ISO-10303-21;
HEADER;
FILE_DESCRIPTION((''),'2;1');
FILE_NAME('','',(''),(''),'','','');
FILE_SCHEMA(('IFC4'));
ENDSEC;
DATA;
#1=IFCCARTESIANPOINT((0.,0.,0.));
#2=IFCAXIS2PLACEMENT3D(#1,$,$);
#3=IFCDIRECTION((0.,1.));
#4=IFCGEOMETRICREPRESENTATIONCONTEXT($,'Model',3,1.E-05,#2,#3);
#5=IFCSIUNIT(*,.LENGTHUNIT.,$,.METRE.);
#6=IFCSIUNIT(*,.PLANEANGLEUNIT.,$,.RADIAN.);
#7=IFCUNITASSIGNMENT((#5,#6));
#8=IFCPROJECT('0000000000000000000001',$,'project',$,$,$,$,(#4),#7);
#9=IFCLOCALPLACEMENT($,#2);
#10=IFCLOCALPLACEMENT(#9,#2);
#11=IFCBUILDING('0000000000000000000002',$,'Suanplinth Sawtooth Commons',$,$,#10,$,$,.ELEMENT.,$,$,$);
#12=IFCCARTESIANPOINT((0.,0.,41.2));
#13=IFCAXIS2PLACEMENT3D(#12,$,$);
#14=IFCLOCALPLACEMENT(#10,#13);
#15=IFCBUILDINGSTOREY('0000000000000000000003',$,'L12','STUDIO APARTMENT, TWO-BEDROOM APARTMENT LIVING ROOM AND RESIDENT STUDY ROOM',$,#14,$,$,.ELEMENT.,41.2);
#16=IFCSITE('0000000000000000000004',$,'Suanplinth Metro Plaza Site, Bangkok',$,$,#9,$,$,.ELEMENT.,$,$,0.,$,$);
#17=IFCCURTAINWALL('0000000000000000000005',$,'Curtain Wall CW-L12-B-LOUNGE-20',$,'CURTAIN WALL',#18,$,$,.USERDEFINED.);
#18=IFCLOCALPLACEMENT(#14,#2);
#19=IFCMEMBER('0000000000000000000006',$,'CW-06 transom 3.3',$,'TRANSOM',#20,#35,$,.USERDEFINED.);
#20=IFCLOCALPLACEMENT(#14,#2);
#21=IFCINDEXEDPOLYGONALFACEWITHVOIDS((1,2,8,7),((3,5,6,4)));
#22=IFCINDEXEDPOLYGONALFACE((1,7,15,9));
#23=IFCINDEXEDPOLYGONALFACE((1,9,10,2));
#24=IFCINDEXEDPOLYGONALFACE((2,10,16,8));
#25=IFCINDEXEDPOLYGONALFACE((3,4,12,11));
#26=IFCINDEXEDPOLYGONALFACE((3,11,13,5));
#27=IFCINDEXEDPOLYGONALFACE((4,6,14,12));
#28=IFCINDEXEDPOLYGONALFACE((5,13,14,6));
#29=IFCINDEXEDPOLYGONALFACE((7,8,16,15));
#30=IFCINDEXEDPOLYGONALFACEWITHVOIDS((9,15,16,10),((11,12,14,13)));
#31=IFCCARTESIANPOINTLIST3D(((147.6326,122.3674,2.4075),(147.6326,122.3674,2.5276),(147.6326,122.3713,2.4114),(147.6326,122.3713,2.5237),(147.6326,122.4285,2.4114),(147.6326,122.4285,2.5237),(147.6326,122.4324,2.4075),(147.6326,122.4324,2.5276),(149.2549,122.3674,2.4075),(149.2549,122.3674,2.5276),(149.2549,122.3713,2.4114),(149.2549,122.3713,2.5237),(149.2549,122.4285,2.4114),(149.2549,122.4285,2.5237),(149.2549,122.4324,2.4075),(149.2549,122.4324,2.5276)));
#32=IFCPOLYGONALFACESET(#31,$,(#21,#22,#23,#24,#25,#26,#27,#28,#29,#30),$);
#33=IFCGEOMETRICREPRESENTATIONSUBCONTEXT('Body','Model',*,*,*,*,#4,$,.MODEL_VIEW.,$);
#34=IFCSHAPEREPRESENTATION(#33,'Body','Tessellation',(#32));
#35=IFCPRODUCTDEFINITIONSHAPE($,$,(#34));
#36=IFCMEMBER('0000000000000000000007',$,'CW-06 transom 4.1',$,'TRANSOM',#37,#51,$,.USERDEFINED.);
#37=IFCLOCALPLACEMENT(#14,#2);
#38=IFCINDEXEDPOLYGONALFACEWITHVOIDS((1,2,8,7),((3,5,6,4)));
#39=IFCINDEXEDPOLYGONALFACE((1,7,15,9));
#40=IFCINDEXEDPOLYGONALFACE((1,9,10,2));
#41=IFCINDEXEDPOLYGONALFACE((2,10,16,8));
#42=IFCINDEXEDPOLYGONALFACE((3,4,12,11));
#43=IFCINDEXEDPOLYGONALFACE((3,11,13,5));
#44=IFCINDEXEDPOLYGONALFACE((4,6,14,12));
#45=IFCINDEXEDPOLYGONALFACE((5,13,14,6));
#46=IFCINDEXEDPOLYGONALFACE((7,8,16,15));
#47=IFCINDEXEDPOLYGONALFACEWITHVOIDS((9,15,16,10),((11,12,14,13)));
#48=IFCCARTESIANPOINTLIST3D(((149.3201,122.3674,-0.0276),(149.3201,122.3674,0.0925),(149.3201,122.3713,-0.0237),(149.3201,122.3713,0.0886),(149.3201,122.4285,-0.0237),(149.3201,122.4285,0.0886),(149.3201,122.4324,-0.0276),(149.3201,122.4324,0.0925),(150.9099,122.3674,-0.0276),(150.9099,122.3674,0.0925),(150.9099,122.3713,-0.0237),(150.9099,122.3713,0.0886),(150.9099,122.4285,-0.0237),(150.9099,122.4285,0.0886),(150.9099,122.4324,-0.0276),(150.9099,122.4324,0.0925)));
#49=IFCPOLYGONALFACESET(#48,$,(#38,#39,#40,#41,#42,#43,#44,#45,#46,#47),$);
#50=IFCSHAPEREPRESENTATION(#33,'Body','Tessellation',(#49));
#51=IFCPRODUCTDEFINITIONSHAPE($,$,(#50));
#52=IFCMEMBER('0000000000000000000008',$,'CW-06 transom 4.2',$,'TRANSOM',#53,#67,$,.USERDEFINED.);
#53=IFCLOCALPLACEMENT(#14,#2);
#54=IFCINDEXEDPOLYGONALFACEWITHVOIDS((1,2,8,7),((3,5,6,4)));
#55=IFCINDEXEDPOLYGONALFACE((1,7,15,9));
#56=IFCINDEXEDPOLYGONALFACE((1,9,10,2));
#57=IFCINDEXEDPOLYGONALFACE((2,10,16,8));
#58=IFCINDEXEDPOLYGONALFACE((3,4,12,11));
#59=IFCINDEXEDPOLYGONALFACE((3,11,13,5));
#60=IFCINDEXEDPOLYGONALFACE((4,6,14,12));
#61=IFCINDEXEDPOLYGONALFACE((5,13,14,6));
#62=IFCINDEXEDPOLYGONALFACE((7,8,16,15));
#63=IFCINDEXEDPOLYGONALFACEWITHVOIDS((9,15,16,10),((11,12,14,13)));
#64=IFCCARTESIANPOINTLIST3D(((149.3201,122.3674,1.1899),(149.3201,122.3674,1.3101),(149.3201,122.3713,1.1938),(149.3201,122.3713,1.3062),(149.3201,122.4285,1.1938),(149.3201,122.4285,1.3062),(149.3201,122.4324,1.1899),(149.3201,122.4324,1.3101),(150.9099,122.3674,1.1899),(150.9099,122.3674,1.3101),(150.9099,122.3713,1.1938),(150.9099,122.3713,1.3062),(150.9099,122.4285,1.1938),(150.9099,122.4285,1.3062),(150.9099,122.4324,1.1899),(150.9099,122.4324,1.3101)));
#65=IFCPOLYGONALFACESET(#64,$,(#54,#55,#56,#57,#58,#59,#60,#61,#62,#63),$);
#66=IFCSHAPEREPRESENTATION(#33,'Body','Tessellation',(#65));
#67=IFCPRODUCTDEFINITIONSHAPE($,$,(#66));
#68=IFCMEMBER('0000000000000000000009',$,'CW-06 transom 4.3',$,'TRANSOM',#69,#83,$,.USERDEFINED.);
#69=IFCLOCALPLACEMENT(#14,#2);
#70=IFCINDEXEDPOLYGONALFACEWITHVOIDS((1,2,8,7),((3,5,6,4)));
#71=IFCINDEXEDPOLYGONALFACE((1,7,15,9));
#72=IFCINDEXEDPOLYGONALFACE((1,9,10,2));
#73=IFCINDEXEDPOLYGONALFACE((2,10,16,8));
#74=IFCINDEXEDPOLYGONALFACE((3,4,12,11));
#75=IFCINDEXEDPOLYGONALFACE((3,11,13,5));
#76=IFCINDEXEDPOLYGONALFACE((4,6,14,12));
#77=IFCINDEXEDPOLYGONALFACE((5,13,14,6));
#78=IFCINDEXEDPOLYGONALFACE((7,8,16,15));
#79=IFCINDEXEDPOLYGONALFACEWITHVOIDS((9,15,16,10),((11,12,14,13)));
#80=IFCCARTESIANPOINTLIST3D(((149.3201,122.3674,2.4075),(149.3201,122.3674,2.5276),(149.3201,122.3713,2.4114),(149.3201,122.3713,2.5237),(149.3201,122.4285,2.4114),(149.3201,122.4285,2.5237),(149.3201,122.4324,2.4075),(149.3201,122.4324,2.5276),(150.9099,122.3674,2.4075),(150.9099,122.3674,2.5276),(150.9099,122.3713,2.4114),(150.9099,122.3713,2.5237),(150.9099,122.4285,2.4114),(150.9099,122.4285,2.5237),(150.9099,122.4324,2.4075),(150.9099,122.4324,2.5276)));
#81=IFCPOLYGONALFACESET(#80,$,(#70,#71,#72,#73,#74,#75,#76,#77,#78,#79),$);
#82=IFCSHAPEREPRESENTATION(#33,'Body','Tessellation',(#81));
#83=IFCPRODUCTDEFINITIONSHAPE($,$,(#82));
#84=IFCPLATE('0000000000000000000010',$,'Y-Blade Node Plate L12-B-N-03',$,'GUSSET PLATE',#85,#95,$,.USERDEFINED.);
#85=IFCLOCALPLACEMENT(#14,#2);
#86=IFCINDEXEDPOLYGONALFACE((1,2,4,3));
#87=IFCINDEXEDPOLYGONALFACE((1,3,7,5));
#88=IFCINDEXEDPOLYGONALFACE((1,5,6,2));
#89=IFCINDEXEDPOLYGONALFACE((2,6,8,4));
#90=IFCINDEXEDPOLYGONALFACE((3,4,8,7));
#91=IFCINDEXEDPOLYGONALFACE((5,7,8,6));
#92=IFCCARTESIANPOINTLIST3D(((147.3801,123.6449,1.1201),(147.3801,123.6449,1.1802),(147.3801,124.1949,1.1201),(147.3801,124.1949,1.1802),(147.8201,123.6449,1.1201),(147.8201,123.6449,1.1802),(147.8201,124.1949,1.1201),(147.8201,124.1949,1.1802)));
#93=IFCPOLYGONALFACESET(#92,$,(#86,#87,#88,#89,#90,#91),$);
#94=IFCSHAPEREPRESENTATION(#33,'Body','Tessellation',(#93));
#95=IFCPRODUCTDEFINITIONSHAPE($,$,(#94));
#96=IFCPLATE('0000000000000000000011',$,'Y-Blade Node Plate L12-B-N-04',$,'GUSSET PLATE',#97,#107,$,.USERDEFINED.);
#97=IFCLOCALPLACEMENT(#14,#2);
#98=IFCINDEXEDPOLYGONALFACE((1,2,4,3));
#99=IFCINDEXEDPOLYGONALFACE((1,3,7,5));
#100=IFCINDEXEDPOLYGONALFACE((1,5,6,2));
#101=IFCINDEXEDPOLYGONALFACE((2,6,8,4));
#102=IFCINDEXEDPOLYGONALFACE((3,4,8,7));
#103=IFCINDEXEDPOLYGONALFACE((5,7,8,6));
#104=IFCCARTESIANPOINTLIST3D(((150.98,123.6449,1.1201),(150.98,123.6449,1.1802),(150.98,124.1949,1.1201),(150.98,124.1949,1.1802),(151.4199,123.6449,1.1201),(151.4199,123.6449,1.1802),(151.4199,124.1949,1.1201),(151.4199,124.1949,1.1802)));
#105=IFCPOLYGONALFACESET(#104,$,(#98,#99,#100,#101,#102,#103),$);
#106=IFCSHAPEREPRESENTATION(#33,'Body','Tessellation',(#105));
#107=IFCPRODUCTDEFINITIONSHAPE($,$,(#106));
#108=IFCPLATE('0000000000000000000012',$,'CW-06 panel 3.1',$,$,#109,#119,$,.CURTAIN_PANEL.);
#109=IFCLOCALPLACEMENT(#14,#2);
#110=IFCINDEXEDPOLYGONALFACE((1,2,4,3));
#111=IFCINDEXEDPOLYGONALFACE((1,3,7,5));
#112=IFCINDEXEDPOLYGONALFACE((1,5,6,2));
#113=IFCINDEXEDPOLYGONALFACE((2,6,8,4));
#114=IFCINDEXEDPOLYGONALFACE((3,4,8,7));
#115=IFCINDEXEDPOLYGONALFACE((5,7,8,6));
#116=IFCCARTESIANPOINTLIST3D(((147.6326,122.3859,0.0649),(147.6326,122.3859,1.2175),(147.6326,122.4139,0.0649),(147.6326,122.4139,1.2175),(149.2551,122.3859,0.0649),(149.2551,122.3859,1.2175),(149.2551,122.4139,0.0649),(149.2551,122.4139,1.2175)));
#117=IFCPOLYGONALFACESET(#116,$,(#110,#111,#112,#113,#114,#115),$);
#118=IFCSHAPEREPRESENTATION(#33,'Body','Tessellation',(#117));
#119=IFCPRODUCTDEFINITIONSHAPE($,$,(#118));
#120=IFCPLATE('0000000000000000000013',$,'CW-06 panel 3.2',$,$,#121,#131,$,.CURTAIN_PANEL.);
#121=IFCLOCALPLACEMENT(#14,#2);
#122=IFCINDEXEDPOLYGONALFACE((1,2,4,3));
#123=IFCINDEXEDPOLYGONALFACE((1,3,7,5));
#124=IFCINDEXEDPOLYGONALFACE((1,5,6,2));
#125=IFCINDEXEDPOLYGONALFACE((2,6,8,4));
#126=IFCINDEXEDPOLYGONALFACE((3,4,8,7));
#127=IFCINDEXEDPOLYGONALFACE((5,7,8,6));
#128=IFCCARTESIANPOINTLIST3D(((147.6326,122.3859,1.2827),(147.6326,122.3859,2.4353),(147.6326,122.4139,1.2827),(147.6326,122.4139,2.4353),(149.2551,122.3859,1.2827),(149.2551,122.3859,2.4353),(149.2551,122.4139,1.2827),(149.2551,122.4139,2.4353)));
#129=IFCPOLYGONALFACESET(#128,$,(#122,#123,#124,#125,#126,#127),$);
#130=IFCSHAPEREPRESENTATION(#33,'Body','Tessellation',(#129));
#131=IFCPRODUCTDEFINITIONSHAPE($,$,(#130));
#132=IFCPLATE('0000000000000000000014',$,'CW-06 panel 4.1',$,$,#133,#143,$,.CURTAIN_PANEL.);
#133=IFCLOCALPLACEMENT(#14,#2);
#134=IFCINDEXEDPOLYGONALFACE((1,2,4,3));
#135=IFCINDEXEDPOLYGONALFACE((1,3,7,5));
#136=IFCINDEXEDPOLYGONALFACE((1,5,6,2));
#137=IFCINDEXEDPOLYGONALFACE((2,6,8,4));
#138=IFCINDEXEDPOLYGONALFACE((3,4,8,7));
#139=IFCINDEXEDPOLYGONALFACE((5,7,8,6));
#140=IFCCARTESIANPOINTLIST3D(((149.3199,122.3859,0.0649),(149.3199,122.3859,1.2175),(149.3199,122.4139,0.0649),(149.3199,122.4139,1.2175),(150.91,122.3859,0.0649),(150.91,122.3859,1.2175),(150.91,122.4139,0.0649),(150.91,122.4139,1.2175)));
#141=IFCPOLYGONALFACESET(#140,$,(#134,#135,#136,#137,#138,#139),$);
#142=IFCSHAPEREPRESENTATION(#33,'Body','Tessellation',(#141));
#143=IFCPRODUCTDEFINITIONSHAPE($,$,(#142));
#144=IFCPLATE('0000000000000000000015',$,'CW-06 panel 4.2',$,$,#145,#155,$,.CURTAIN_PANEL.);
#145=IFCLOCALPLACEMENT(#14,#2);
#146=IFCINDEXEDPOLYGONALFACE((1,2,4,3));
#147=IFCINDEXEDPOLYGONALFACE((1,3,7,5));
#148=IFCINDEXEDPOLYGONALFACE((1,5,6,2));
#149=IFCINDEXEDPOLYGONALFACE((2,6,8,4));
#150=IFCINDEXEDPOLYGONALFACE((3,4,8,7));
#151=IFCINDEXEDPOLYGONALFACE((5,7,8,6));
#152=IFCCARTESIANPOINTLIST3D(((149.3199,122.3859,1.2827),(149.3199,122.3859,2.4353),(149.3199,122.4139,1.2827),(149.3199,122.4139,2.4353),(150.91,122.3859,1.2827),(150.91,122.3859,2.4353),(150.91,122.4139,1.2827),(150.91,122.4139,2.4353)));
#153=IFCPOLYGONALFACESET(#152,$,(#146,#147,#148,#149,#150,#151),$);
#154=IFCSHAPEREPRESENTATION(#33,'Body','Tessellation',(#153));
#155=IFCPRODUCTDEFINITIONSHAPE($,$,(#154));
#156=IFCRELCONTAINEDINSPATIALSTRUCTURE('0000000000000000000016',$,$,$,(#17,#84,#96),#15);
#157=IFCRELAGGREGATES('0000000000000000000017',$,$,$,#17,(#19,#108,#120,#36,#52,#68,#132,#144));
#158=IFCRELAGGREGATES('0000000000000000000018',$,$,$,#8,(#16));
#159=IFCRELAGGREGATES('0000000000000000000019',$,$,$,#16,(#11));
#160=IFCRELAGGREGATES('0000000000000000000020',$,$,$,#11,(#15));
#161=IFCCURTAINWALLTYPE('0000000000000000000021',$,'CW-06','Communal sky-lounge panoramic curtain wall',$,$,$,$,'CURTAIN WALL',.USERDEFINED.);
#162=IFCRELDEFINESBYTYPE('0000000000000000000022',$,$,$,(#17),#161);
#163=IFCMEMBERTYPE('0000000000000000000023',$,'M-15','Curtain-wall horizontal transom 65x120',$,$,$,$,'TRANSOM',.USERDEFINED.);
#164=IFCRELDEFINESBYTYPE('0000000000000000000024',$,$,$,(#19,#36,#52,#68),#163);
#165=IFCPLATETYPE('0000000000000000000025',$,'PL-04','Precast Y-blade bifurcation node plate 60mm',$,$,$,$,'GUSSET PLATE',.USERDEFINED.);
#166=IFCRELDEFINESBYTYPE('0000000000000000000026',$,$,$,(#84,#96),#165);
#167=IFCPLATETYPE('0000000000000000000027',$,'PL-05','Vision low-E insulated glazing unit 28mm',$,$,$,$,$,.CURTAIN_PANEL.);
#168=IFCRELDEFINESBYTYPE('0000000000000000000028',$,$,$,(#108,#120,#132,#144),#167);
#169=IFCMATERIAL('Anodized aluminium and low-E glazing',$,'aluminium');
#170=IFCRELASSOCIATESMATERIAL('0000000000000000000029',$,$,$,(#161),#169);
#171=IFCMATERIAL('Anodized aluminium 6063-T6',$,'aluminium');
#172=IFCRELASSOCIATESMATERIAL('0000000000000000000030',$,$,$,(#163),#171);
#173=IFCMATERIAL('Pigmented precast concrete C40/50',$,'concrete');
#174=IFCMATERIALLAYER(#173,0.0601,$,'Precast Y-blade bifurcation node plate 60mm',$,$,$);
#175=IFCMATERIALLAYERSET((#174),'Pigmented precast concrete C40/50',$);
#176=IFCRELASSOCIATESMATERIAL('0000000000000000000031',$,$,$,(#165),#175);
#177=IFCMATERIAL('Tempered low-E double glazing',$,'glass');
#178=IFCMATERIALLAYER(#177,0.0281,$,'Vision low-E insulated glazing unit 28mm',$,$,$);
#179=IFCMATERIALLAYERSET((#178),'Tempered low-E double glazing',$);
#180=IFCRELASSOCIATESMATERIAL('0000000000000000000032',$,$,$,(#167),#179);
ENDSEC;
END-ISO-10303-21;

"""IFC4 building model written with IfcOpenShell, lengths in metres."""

from ifc_helpers import new_model, si_unit, direction, frame, origin, origin_2d, place, context, subcontext, project, spatial, rectangle, hollow_rectangle, extrude, material, layer, layer_set, material_profile, profile_set, type_object, element, aggregate, save


model = new_model("IFC4")

# Units and contexts
model_context = context("Model", 3, precision=1e-05, world=origin(), true_north=direction((0.0, 1.0)))
body_context = subcontext(model_context, "Body", "Model", "MODEL_VIEW")
ifc_project = project(units=[si_unit("LENGTHUNIT", "METRE"), si_unit("PLANEANGLEUNIT", "RADIAN")], contexts=[model_context])

# Site, building, storey
site_placement = place(None, origin())
site = spatial("IfcSite", under=ifc_project, at=site_placement, Name="Suanplinth Metro Plaza Site, Bangkok", CompositionType="ELEMENT", RefElevation=0.0)
building_placement = place(site_placement, origin())
building = spatial("IfcBuilding", under=site, at=building_placement, Name="Suanplinth Sawtooth Commons", CompositionType="ELEMENT")
storey_placement = place(building_placement, frame((0.0, 0.0, 41.2)))
storey = spatial("IfcBuildingStorey", under=building, at=storey_placement, Name="L12", Description="STUDIO APARTMENT, TWO-BEDROOM APARTMENT LIVING ROOM AND RESIDENT STUDY ROOM", CompositionType="ELEMENT", Elevation=41.2)

# Shared definitions
ifc_material_1 = material(Name="Pigmented precast concrete C40/50", Category="concrete")

# Curtain wall, members
ifc_material_2 = material(Name="Anodized aluminium and low-E glazing", Category="aluminium")
curtain_wall_type = type_object("IfcCurtainWallType", Name="CW-06", Description="Communal sky-lounge panoramic curtain wall", ElementType="CURTAIN WALL", PredefinedType="USERDEFINED", material=ifc_material_2)
curtain_wall_placement = place(storey_placement, origin())
curtain_wall = element("IfcCurtainWall", 1, at=curtain_wall_placement, inside=storey, type_object=curtain_wall_type, Name="Curtain Wall CW-L12-B-LOUNGE-20", ObjectType="CURTAIN WALL", PredefinedType="USERDEFINED")
ifc_material_3 = material(Name="Anodized aluminium 6063-T6", Category="aluminium")
ifc_material_profile_1 = material_profile(ifc_material_3, hollow_rectangle(XDim=0.0649, YDim=0.1201, WallThickness=0.0039, at=origin_2d()), Name="ALU-TRN 65x120")
ifc_profile_set_1 = profile_set([ifc_material_profile_1], Name="Anodized aluminium 6063-T6")
member_type_1 = type_object("IfcMemberType", Name="M-15", Description="Curtain-wall horizontal transom 65x120", ElementType="TRANSOM", PredefinedType="USERDEFINED", material=ifc_profile_set_1)
member_1_placement = place(storey_placement, frame((147.6326, 122.3999, 2.4675), z_axis=(1.0, 0.0, 0.0), x_axis=(0.0, 1.0, 0.0)))
member_1 = element("IfcMember", 2, at=member_1_placement, type_object=member_type_1, Name="CW-06 transom 3.3", ObjectType="TRANSOM", PredefinedType="USERDEFINED", context=body_context, shape_type="SweptSolid", body=[
    extrude(hollow_rectangle(XDim=0.0649, YDim=0.1201, WallThickness=0.0039, at=origin_2d()), origin(), (0.0, 0.0, 1.0), 1.6223),
])
member_2_placement = place(storey_placement, frame((149.3201, 122.3999, 0.0325), z_axis=(1.0, 0.0, 0.0), x_axis=(0.0, 1.0, 0.0)))
member_2 = element("IfcMember", 3, at=member_2_placement, type_object=member_type_1, Name="CW-06 transom 4.1", ObjectType="TRANSOM", PredefinedType="USERDEFINED", context=body_context, shape_type="SweptSolid", body=[
    extrude(hollow_rectangle(XDim=0.0649, YDim=0.1201, WallThickness=0.0039, at=origin_2d()), origin(), (0.0, 0.0, 1.0), 1.5898),
])
member_3_placement = place(storey_placement, frame((149.3201, 122.3999, 1.25), z_axis=(1.0, 0.0, 0.0), x_axis=(0.0, 1.0, 0.0)))
member_3 = element("IfcMember", 4, at=member_3_placement, type_object=member_type_1, Name="CW-06 transom 4.2", ObjectType="TRANSOM", PredefinedType="USERDEFINED", context=body_context, shape_type="SweptSolid", body=[
    extrude(hollow_rectangle(XDim=0.0649, YDim=0.1201, WallThickness=0.0039, at=origin_2d()), origin(), (0.0, 0.0, 1.0), 1.5898),
])
member_4_placement = place(storey_placement, frame((149.3201, 122.3999, 2.4675), z_axis=(1.0, 0.0, 0.0), x_axis=(0.0, 1.0, 0.0)))
member_4 = element("IfcMember", 5, at=member_4_placement, type_object=member_type_1, Name="CW-06 transom 4.3", ObjectType="TRANSOM", PredefinedType="USERDEFINED", context=body_context, shape_type="SweptSolid", body=[
    extrude(hollow_rectangle(XDim=0.0649, YDim=0.1201, WallThickness=0.0039, at=origin_2d()), origin(), (0.0, 0.0, 1.0), 1.5898),
])

# Plates
ifc_layer_1 = layer(ifc_material_1, 0.0601, Name="Precast Y-blade bifurcation node plate 60mm")
ifc_layer_set_1 = layer_set([ifc_layer_1], Name="Pigmented precast concrete C40/50")
plate_type_1 = type_object("IfcPlateType", Name="PL-04", Description="Precast Y-blade bifurcation node plate 60mm", ElementType="GUSSET PLATE", PredefinedType="USERDEFINED", material=ifc_layer_set_1)
for number, where, z_axis, x_axis, name in (
    (6, (147.6001, 123.9199, 1.1201), (0.0, 0.0, 1.0), (1.0, 0.0, 0.0), "Y-Blade Node Plate L12-B-N-03"),
    (7, (151.2, 123.9199, 1.1201), (0.0, 0.0, 1.0), (1.0, 0.0, 0.0), "Y-Blade Node Plate L12-B-N-04"),
):
    element("IfcPlate", number, at=place(storey_placement, frame(where, z_axis=z_axis, x_axis=x_axis)), inside=storey, type_object=plate_type_1, Name=name, ObjectType="GUSSET PLATE", PredefinedType="USERDEFINED", context=body_context, shape_type="SweptSolid", body=[
        extrude(rectangle(XDim=0.4399, YDim=0.55, at=origin_2d()), origin(), (0.0, 0.0, 1.0), 0.0601),
    ])

# Plates
ifc_material_4 = material(Name="Tempered low-E double glazing", Category="glass")
ifc_layer_2 = layer(ifc_material_4, 0.0281, Name="Vision low-E insulated glazing unit 28mm")
ifc_layer_set_2 = layer_set([ifc_layer_2], Name="Tempered low-E double glazing")
plate_type_2 = type_object("IfcPlateType", Name="PL-05", Description="Vision low-E insulated glazing unit 28mm", PredefinedType="CURTAIN_PANEL", material=ifc_layer_set_2)
plate_1_placement = place(storey_placement, frame((148.4438, 122.3999, 0.0649), z_axis=(0.0, 0.0, 1.0), x_axis=(1.0, 0.0, 0.0)))
plate_1 = element("IfcPlate", 8, at=plate_1_placement, type_object=plate_type_2, Name="CW-06 panel 3.1", PredefinedType="CURTAIN_PANEL", context=body_context, shape_type="SweptSolid", body=[
    extrude(rectangle(XDim=1.6226, YDim=0.0281, at=origin_2d()), origin(), (0.0, 0.0, 1.0), 1.1526),
])
plate_2_placement = place(storey_placement, frame((148.4438, 122.3999, 1.2827), z_axis=(0.0, 0.0, 1.0), x_axis=(1.0, 0.0, 0.0)))
plate_2 = element("IfcPlate", 9, at=plate_2_placement, type_object=plate_type_2, Name="CW-06 panel 3.2", PredefinedType="CURTAIN_PANEL", context=body_context, shape_type="SweptSolid", body=[
    extrude(rectangle(XDim=1.6226, YDim=0.0281, at=origin_2d()), origin(), (0.0, 0.0, 1.0), 1.1526),
])
plate_3_placement = place(storey_placement, frame((150.115, 122.3999, 0.0649), z_axis=(0.0, 0.0, 1.0), x_axis=(1.0, 0.0, 0.0)))
plate_3 = element("IfcPlate", 10, at=plate_3_placement, type_object=plate_type_2, Name="CW-06 panel 4.1", PredefinedType="CURTAIN_PANEL", context=body_context, shape_type="SweptSolid", body=[
    extrude(rectangle(XDim=1.5901, YDim=0.0281, at=origin_2d()), origin(), (0.0, 0.0, 1.0), 1.1526),
])
plate_4_placement = place(storey_placement, frame((150.115, 122.3999, 1.2827), z_axis=(0.0, 0.0, 1.0), x_axis=(1.0, 0.0, 0.0)))
plate_4 = element("IfcPlate", 11, at=plate_4_placement, type_object=plate_type_2, Name="CW-06 panel 4.2", PredefinedType="CURTAIN_PANEL", context=body_context, shape_type="SweptSolid", body=[
    extrude(rectangle(XDim=1.5901, YDim=0.0281, at=origin_2d()), origin(), (0.0, 0.0, 1.0), 1.1526),
])
aggregate(curtain_wall, [member_1, plate_1, plate_2, member_2, member_3, member_4, plate_3, plate_4])

save(model, "model.ifc")
